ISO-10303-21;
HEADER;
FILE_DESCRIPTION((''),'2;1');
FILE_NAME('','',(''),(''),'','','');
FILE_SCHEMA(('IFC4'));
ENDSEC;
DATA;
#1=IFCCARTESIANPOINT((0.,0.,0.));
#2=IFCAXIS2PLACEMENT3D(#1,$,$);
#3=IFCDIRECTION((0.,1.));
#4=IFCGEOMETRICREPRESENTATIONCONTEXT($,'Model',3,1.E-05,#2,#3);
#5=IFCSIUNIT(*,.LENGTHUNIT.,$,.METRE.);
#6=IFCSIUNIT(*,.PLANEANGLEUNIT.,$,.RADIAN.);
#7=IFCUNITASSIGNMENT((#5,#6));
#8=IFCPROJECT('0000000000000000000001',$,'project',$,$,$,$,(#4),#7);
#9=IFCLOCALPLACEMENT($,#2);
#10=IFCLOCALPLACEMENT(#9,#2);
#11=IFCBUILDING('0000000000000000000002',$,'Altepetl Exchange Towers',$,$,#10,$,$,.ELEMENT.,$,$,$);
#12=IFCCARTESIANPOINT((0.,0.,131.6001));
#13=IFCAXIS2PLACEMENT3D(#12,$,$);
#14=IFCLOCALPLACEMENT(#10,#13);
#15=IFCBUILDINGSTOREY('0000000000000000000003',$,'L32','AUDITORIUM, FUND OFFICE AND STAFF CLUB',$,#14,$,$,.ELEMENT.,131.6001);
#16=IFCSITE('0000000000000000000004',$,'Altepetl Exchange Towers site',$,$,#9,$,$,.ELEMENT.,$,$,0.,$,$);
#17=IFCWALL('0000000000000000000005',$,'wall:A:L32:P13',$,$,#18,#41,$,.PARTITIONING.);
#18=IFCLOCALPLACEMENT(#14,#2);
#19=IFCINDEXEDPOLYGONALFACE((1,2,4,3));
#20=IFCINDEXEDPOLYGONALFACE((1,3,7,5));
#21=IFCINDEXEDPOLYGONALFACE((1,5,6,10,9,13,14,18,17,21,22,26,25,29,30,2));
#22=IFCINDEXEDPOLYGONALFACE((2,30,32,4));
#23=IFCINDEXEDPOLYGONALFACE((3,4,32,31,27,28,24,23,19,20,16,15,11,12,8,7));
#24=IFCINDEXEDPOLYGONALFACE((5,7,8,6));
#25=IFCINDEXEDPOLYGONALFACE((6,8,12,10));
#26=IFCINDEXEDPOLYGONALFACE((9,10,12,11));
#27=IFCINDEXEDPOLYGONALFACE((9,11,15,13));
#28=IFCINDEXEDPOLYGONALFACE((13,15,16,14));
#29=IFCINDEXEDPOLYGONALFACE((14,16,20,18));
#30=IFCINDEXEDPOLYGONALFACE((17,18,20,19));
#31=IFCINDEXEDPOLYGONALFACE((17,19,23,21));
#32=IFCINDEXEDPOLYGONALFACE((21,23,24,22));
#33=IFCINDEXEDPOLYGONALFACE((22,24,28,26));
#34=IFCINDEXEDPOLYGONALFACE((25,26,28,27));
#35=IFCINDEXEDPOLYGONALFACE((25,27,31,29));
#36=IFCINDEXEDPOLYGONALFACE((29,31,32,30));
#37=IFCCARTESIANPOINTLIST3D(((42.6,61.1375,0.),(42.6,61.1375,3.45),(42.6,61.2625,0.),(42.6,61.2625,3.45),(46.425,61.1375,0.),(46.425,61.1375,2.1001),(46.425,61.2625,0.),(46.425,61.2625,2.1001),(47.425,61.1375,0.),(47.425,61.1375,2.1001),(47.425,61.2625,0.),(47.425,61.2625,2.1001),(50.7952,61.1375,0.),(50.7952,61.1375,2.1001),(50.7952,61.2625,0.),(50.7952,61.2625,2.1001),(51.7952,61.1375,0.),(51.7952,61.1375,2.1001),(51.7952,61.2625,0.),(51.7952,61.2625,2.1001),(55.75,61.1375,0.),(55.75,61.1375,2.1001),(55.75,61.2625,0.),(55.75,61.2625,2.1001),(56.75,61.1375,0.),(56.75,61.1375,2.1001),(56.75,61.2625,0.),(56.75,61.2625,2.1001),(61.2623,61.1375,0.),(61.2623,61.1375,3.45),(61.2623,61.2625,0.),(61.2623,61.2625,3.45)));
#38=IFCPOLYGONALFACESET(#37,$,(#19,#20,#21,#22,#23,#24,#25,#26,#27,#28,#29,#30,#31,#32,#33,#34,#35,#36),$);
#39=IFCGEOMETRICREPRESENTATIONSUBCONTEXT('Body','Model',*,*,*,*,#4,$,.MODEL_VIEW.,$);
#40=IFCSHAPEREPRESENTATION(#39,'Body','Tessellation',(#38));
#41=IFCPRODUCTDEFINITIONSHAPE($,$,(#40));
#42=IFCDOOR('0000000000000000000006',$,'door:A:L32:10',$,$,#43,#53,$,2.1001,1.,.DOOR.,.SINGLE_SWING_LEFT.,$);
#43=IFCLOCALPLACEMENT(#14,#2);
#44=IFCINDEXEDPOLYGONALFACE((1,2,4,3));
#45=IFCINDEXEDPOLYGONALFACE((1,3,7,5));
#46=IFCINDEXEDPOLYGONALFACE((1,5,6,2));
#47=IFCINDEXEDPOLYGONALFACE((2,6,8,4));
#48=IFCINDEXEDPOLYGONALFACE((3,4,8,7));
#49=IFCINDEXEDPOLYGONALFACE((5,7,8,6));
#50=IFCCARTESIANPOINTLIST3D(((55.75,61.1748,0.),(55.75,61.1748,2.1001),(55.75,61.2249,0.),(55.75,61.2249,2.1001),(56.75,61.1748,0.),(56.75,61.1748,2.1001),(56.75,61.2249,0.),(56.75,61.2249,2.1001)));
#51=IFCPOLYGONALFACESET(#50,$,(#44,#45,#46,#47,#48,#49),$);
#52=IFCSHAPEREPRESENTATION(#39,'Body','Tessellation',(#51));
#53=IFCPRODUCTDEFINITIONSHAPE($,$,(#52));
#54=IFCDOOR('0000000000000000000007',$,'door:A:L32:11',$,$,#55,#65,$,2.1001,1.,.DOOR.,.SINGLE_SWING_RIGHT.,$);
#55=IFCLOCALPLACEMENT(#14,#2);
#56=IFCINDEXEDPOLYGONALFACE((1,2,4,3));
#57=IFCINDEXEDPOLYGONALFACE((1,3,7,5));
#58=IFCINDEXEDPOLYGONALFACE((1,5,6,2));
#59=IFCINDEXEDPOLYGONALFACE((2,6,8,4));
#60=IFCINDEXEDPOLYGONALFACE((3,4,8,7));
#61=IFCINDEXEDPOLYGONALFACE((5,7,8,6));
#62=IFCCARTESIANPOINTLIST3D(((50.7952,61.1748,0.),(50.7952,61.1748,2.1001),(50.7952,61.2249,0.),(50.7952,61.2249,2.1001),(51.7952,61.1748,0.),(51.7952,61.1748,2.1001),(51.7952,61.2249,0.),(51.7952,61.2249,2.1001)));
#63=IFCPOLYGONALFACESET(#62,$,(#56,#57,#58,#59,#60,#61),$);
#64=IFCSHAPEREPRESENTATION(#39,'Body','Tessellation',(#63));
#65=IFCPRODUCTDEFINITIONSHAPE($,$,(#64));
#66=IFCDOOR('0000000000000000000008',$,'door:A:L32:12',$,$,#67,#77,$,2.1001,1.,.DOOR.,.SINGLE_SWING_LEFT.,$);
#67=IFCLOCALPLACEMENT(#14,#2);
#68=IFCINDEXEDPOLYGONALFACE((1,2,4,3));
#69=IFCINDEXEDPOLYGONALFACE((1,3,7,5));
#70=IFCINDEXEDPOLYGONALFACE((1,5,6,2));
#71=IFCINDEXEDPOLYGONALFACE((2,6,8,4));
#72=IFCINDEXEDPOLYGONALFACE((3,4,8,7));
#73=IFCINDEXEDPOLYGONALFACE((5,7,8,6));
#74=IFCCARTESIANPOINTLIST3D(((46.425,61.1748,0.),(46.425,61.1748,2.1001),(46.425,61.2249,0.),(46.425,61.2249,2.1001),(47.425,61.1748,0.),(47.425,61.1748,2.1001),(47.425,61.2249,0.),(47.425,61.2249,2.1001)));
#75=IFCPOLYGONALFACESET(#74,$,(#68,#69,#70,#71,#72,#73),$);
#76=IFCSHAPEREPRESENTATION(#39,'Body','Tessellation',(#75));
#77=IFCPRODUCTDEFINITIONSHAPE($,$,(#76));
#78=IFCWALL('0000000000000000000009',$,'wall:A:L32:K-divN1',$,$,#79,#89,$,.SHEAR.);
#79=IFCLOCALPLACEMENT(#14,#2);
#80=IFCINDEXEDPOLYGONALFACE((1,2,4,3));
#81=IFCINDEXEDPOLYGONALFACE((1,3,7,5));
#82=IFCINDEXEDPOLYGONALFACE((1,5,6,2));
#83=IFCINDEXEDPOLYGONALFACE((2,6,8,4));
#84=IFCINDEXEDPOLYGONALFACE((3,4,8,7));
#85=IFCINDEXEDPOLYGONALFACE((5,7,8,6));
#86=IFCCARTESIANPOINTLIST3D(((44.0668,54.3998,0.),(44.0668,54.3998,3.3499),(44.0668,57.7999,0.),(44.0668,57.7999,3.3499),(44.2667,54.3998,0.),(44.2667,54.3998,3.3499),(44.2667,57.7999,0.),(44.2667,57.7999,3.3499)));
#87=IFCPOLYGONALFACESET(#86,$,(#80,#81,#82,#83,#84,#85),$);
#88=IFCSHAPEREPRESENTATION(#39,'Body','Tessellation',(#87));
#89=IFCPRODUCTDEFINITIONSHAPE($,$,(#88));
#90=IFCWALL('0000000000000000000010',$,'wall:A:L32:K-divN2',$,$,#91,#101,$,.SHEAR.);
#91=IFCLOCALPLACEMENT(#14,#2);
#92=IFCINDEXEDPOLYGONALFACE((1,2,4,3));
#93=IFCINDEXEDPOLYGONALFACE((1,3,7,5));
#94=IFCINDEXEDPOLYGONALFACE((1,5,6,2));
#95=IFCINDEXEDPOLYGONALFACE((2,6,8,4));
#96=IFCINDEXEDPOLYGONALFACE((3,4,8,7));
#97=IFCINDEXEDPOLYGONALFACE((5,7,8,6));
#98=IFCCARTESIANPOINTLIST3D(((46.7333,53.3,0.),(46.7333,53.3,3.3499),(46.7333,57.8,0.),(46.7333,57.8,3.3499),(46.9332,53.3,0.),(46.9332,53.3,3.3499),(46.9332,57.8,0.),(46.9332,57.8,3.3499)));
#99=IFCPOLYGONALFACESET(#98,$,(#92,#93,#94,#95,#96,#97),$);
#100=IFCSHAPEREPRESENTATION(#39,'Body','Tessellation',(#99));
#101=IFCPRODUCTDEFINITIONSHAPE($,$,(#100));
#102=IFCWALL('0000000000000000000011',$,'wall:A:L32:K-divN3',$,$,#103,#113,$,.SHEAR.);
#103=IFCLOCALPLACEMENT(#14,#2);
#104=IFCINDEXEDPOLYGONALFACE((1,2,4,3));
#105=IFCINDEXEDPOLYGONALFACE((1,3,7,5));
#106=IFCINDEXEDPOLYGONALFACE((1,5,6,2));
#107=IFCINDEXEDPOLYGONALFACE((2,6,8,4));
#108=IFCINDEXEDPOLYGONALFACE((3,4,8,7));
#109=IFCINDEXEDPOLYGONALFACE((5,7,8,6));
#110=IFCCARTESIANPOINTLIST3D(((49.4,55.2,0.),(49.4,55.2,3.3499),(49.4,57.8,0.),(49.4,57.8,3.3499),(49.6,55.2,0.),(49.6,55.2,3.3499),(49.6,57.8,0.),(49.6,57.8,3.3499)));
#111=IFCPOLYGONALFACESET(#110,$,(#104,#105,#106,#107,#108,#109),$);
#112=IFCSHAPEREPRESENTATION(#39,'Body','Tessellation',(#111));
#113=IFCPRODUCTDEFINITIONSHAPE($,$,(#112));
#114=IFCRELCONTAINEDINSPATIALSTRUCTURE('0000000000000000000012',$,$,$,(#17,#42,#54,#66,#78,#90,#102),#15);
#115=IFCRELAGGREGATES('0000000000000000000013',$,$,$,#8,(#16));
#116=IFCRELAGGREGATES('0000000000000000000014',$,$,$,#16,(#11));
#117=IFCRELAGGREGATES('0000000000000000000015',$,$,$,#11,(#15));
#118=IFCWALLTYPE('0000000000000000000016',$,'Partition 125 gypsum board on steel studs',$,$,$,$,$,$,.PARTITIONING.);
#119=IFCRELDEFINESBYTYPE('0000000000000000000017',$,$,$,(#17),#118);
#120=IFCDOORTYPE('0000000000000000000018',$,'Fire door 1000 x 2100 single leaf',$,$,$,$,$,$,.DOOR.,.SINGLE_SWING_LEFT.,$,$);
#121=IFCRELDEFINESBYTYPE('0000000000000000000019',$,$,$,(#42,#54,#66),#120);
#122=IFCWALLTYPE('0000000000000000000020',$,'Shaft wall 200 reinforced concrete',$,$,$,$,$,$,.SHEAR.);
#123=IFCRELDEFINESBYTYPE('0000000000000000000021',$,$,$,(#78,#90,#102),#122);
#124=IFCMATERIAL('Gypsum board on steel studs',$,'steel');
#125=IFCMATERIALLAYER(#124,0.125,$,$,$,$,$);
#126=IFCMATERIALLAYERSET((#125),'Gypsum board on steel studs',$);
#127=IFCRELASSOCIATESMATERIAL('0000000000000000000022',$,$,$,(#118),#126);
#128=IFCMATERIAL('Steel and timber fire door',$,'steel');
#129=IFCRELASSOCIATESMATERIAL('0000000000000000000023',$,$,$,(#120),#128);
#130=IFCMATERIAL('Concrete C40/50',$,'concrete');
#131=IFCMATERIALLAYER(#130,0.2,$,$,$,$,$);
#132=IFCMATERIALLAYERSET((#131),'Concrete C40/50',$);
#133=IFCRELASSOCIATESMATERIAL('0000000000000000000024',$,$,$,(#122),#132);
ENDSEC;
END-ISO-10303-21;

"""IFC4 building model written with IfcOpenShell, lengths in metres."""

from ifc_helpers import new_model, si_unit, direction, frame, frame_2d, origin, place, context, subcontext, project, spatial, rectangle, extrude, material, layer, layer_set, type_object, element, fill, save


model = new_model("IFC4")

# Units and contexts
model_context = context("Model", 3, precision=1e-05, world=origin(), true_north=direction((0.0, 1.0)))
body_context = subcontext(model_context, "Body", "Model", "MODEL_VIEW")
ifc_project = project(units=[si_unit("LENGTHUNIT", "METRE"), si_unit("PLANEANGLEUNIT", "RADIAN")], contexts=[model_context])

# Site, building, storey
site_placement = place(None, origin())
site = spatial("IfcSite", under=ifc_project, at=site_placement, Name="Altepetl Exchange Towers site", CompositionType="ELEMENT", RefElevation=0.0)
building_placement = place(site_placement, origin())
building = spatial("IfcBuilding", under=site, at=building_placement, Name="Altepetl Exchange Towers", CompositionType="ELEMENT")
storey_placement = place(building_placement, frame((0.0, 0.0, 131.6001)))
storey = spatial("IfcBuildingStorey", under=building, at=storey_placement, Name="L32", Description="AUDITORIUM, FUND OFFICE AND STAFF CLUB", CompositionType="ELEMENT", Elevation=131.6001)

# Shared definitions
ifc_material_1 = material(Name="Steel and timber fire door", Category="steel")

# Wall, openings, doors
ifc_material_2 = material(Name="Gypsum board on steel studs", Category="steel")
ifc_layer_1 = layer(ifc_material_2, 0.125)
ifc_layer_set_1 = layer_set([ifc_layer_1], Name="Gypsum board on steel studs")
wall_type_1 = type_object("IfcWallType", Name="Partition 125 gypsum board on steel studs", PredefinedType="PARTITIONING", material=ifc_layer_set_1)
wall_1_placement = place(storey_placement, frame((42.6001, 61.2, 0.0)))
wall_1 = element("IfcWall", 1, at=wall_1_placement, inside=storey, type_object=wall_type_1, Name="wall:A:L32:P13", PredefinedType="PARTITIONING", context=body_context, shape_type="SweptSolid", body=[
    extrude(rectangle(XDim=18.6624, YDim=0.125, at=frame_2d((9.3311, 0.0))), origin(), (0.0, 0.0, 1.0), 3.45),
])
opening_1_placement = place(wall_1_placement, frame((13.1499, 0.0, 0.0)))
opening_1 = element("IfcOpeningElement", 2, at=opening_1_placement, cuts=wall_1, PredefinedType="OPENING", context=body_context, shape_type="SweptSolid", body=[
    extrude(rectangle(XDim=1.0, YDim=2.1001, at=frame_2d((0.5, 1.05))), frame((0.0, 0.0725, 0.0), z_axis=(0.0, -1.0, 0.0), x_axis=(1.0, 0.0, 0.0)), (0.0, 0.0, 1.0), 0.145),
])
opening_2_placement = place(wall_1_placement, frame((8.1951, 0.0, 0.0)))
opening_2 = element("IfcOpeningElement", 3, at=opening_2_placement, cuts=wall_1, PredefinedType="OPENING", context=body_context, shape_type="SweptSolid", body=[
    extrude(rectangle(XDim=1.0, YDim=2.1001, at=frame_2d((0.5, 1.05))), frame((0.0, 0.0725, 0.0), z_axis=(0.0, -1.0, 0.0), x_axis=(1.0, 0.0, 0.0)), (0.0, 0.0, 1.0), 0.145),
])
opening_3_placement = place(wall_1_placement, frame((3.825, 0.0, 0.0)))
opening_3 = element("IfcOpeningElement", 4, at=opening_3_placement, cuts=wall_1, PredefinedType="OPENING", context=body_context, shape_type="SweptSolid", body=[
    extrude(rectangle(XDim=1.0, YDim=2.1001, at=frame_2d((0.5, 1.05))), frame((0.0, 0.0725, 0.0), z_axis=(0.0, -1.0, 0.0), x_axis=(1.0, 0.0, 0.0)), (0.0, 0.0, 1.0), 0.145),
])
door_type_1 = type_object("IfcDoorType", Name="Fire door 1000 x 2100 single leaf", OperationType="SINGLE_SWING_LEFT", PredefinedType="DOOR", material=ifc_material_1)
door_1_placement = place(opening_1_placement, origin())
door_1 = element("IfcDoor", 5, at=door_1_placement, inside=storey, type_object=door_type_1, Name="door:A:L32:10", OperationType="SINGLE_SWING_LEFT", OverallHeight=2.1001, OverallWidth=1.0, PredefinedType="DOOR", context=body_context, shape_type="SweptSolid", body=[
    extrude(rectangle(XDim=1.0, YDim=2.1001, at=frame_2d((0.5, 1.05))), frame((0.0, 0.0249, 0.0), z_axis=(0.0, -1.0, 0.0), x_axis=(1.0, 0.0, 0.0)), (0.0, 0.0, 1.0), 0.05),
])
fill(opening_1, door_1)
door_2_placement = place(opening_2_placement, origin())
door_2 = element("IfcDoor", 6, at=door_2_placement, inside=storey, type_object=door_type_1, Name="door:A:L32:11", OperationType="SINGLE_SWING_RIGHT", OverallHeight=2.1001, OverallWidth=1.0, PredefinedType="DOOR", context=body_context, shape_type="SweptSolid", body=[
    extrude(rectangle(XDim=1.0, YDim=2.1001, at=frame_2d((0.5, 1.05))), frame((0.0, 0.0249, 0.0), z_axis=(0.0, -1.0, 0.0), x_axis=(1.0, 0.0, 0.0)), (0.0, 0.0, 1.0), 0.05),
])
fill(opening_2, door_2)
door_3_placement = place(opening_3_placement, origin())
door_3 = element("IfcDoor", 7, at=door_3_placement, inside=storey, type_object=door_type_1, Name="door:A:L32:12", OperationType="SINGLE_SWING_LEFT", OverallHeight=2.1001, OverallWidth=1.0, PredefinedType="DOOR", context=body_context, shape_type="SweptSolid", body=[
    extrude(rectangle(XDim=1.0, YDim=2.1001, at=frame_2d((0.5, 1.05))), frame((0.0, 0.0249, 0.0), z_axis=(0.0, -1.0, 0.0), x_axis=(1.0, 0.0, 0.0)), (0.0, 0.0, 1.0), 0.05),
])
fill(opening_3, door_3)

# Walls
ifc_material_3 = material(Name="Concrete C40/50", Category="concrete")
ifc_layer_2 = layer(ifc_material_3, 0.2)
ifc_layer_set_2 = layer_set([ifc_layer_2], Name="Concrete C40/50")
wall_type_2 = type_object("IfcWallType", Name="Shaft wall 200 reinforced concrete", PredefinedType="SHEAR", material=ifc_layer_set_2)
wall_2_placement = place(storey_placement, frame((44.1667, 57.8, 0.0), z_axis=(0.0, 0.0, 1.0), x_axis=(0.0, -1.0, 0.0)))
element("IfcWall", 8, at=wall_2_placement, inside=storey, type_object=wall_type_2, Name="wall:A:L32:K-divN1", PredefinedType="SHEAR", context=body_context, shape_type="SweptSolid", body=[
    extrude(rectangle(XDim=3.4001, YDim=0.2, at=frame_2d((1.7002, 0.0))), origin(), (0.0, 0.0, 1.0), 3.3499),
])
wall_3_placement = place(storey_placement, frame((46.8333, 57.8, 0.0), z_axis=(0.0, 0.0, 1.0), x_axis=(0.0, -1.0, 0.0)))
element("IfcWall", 9, at=wall_3_placement, inside=storey, type_object=wall_type_2, Name="wall:A:L32:K-divN2", PredefinedType="SHEAR", context=body_context, shape_type="SweptSolid", body=[
    extrude(rectangle(XDim=4.5, YDim=0.2, at=frame_2d((2.25, 0.0))), origin(), (0.0, 0.0, 1.0), 3.3499),
])
wall_4_placement = place(storey_placement, frame((49.5, 57.8, 0.0), z_axis=(0.0, 0.0, 1.0), x_axis=(0.0, -1.0, 0.0)))
element("IfcWall", 10, at=wall_4_placement, inside=storey, type_object=wall_type_2, Name="wall:A:L32:K-divN3", PredefinedType="SHEAR", context=body_context, shape_type="SweptSolid", body=[
    extrude(rectangle(XDim=2.6001, YDim=0.2, at=frame_2d((1.3, 0.0))), origin(), (0.0, 0.0, 1.0), 3.3499),
])

save(model, "model.ifc")
